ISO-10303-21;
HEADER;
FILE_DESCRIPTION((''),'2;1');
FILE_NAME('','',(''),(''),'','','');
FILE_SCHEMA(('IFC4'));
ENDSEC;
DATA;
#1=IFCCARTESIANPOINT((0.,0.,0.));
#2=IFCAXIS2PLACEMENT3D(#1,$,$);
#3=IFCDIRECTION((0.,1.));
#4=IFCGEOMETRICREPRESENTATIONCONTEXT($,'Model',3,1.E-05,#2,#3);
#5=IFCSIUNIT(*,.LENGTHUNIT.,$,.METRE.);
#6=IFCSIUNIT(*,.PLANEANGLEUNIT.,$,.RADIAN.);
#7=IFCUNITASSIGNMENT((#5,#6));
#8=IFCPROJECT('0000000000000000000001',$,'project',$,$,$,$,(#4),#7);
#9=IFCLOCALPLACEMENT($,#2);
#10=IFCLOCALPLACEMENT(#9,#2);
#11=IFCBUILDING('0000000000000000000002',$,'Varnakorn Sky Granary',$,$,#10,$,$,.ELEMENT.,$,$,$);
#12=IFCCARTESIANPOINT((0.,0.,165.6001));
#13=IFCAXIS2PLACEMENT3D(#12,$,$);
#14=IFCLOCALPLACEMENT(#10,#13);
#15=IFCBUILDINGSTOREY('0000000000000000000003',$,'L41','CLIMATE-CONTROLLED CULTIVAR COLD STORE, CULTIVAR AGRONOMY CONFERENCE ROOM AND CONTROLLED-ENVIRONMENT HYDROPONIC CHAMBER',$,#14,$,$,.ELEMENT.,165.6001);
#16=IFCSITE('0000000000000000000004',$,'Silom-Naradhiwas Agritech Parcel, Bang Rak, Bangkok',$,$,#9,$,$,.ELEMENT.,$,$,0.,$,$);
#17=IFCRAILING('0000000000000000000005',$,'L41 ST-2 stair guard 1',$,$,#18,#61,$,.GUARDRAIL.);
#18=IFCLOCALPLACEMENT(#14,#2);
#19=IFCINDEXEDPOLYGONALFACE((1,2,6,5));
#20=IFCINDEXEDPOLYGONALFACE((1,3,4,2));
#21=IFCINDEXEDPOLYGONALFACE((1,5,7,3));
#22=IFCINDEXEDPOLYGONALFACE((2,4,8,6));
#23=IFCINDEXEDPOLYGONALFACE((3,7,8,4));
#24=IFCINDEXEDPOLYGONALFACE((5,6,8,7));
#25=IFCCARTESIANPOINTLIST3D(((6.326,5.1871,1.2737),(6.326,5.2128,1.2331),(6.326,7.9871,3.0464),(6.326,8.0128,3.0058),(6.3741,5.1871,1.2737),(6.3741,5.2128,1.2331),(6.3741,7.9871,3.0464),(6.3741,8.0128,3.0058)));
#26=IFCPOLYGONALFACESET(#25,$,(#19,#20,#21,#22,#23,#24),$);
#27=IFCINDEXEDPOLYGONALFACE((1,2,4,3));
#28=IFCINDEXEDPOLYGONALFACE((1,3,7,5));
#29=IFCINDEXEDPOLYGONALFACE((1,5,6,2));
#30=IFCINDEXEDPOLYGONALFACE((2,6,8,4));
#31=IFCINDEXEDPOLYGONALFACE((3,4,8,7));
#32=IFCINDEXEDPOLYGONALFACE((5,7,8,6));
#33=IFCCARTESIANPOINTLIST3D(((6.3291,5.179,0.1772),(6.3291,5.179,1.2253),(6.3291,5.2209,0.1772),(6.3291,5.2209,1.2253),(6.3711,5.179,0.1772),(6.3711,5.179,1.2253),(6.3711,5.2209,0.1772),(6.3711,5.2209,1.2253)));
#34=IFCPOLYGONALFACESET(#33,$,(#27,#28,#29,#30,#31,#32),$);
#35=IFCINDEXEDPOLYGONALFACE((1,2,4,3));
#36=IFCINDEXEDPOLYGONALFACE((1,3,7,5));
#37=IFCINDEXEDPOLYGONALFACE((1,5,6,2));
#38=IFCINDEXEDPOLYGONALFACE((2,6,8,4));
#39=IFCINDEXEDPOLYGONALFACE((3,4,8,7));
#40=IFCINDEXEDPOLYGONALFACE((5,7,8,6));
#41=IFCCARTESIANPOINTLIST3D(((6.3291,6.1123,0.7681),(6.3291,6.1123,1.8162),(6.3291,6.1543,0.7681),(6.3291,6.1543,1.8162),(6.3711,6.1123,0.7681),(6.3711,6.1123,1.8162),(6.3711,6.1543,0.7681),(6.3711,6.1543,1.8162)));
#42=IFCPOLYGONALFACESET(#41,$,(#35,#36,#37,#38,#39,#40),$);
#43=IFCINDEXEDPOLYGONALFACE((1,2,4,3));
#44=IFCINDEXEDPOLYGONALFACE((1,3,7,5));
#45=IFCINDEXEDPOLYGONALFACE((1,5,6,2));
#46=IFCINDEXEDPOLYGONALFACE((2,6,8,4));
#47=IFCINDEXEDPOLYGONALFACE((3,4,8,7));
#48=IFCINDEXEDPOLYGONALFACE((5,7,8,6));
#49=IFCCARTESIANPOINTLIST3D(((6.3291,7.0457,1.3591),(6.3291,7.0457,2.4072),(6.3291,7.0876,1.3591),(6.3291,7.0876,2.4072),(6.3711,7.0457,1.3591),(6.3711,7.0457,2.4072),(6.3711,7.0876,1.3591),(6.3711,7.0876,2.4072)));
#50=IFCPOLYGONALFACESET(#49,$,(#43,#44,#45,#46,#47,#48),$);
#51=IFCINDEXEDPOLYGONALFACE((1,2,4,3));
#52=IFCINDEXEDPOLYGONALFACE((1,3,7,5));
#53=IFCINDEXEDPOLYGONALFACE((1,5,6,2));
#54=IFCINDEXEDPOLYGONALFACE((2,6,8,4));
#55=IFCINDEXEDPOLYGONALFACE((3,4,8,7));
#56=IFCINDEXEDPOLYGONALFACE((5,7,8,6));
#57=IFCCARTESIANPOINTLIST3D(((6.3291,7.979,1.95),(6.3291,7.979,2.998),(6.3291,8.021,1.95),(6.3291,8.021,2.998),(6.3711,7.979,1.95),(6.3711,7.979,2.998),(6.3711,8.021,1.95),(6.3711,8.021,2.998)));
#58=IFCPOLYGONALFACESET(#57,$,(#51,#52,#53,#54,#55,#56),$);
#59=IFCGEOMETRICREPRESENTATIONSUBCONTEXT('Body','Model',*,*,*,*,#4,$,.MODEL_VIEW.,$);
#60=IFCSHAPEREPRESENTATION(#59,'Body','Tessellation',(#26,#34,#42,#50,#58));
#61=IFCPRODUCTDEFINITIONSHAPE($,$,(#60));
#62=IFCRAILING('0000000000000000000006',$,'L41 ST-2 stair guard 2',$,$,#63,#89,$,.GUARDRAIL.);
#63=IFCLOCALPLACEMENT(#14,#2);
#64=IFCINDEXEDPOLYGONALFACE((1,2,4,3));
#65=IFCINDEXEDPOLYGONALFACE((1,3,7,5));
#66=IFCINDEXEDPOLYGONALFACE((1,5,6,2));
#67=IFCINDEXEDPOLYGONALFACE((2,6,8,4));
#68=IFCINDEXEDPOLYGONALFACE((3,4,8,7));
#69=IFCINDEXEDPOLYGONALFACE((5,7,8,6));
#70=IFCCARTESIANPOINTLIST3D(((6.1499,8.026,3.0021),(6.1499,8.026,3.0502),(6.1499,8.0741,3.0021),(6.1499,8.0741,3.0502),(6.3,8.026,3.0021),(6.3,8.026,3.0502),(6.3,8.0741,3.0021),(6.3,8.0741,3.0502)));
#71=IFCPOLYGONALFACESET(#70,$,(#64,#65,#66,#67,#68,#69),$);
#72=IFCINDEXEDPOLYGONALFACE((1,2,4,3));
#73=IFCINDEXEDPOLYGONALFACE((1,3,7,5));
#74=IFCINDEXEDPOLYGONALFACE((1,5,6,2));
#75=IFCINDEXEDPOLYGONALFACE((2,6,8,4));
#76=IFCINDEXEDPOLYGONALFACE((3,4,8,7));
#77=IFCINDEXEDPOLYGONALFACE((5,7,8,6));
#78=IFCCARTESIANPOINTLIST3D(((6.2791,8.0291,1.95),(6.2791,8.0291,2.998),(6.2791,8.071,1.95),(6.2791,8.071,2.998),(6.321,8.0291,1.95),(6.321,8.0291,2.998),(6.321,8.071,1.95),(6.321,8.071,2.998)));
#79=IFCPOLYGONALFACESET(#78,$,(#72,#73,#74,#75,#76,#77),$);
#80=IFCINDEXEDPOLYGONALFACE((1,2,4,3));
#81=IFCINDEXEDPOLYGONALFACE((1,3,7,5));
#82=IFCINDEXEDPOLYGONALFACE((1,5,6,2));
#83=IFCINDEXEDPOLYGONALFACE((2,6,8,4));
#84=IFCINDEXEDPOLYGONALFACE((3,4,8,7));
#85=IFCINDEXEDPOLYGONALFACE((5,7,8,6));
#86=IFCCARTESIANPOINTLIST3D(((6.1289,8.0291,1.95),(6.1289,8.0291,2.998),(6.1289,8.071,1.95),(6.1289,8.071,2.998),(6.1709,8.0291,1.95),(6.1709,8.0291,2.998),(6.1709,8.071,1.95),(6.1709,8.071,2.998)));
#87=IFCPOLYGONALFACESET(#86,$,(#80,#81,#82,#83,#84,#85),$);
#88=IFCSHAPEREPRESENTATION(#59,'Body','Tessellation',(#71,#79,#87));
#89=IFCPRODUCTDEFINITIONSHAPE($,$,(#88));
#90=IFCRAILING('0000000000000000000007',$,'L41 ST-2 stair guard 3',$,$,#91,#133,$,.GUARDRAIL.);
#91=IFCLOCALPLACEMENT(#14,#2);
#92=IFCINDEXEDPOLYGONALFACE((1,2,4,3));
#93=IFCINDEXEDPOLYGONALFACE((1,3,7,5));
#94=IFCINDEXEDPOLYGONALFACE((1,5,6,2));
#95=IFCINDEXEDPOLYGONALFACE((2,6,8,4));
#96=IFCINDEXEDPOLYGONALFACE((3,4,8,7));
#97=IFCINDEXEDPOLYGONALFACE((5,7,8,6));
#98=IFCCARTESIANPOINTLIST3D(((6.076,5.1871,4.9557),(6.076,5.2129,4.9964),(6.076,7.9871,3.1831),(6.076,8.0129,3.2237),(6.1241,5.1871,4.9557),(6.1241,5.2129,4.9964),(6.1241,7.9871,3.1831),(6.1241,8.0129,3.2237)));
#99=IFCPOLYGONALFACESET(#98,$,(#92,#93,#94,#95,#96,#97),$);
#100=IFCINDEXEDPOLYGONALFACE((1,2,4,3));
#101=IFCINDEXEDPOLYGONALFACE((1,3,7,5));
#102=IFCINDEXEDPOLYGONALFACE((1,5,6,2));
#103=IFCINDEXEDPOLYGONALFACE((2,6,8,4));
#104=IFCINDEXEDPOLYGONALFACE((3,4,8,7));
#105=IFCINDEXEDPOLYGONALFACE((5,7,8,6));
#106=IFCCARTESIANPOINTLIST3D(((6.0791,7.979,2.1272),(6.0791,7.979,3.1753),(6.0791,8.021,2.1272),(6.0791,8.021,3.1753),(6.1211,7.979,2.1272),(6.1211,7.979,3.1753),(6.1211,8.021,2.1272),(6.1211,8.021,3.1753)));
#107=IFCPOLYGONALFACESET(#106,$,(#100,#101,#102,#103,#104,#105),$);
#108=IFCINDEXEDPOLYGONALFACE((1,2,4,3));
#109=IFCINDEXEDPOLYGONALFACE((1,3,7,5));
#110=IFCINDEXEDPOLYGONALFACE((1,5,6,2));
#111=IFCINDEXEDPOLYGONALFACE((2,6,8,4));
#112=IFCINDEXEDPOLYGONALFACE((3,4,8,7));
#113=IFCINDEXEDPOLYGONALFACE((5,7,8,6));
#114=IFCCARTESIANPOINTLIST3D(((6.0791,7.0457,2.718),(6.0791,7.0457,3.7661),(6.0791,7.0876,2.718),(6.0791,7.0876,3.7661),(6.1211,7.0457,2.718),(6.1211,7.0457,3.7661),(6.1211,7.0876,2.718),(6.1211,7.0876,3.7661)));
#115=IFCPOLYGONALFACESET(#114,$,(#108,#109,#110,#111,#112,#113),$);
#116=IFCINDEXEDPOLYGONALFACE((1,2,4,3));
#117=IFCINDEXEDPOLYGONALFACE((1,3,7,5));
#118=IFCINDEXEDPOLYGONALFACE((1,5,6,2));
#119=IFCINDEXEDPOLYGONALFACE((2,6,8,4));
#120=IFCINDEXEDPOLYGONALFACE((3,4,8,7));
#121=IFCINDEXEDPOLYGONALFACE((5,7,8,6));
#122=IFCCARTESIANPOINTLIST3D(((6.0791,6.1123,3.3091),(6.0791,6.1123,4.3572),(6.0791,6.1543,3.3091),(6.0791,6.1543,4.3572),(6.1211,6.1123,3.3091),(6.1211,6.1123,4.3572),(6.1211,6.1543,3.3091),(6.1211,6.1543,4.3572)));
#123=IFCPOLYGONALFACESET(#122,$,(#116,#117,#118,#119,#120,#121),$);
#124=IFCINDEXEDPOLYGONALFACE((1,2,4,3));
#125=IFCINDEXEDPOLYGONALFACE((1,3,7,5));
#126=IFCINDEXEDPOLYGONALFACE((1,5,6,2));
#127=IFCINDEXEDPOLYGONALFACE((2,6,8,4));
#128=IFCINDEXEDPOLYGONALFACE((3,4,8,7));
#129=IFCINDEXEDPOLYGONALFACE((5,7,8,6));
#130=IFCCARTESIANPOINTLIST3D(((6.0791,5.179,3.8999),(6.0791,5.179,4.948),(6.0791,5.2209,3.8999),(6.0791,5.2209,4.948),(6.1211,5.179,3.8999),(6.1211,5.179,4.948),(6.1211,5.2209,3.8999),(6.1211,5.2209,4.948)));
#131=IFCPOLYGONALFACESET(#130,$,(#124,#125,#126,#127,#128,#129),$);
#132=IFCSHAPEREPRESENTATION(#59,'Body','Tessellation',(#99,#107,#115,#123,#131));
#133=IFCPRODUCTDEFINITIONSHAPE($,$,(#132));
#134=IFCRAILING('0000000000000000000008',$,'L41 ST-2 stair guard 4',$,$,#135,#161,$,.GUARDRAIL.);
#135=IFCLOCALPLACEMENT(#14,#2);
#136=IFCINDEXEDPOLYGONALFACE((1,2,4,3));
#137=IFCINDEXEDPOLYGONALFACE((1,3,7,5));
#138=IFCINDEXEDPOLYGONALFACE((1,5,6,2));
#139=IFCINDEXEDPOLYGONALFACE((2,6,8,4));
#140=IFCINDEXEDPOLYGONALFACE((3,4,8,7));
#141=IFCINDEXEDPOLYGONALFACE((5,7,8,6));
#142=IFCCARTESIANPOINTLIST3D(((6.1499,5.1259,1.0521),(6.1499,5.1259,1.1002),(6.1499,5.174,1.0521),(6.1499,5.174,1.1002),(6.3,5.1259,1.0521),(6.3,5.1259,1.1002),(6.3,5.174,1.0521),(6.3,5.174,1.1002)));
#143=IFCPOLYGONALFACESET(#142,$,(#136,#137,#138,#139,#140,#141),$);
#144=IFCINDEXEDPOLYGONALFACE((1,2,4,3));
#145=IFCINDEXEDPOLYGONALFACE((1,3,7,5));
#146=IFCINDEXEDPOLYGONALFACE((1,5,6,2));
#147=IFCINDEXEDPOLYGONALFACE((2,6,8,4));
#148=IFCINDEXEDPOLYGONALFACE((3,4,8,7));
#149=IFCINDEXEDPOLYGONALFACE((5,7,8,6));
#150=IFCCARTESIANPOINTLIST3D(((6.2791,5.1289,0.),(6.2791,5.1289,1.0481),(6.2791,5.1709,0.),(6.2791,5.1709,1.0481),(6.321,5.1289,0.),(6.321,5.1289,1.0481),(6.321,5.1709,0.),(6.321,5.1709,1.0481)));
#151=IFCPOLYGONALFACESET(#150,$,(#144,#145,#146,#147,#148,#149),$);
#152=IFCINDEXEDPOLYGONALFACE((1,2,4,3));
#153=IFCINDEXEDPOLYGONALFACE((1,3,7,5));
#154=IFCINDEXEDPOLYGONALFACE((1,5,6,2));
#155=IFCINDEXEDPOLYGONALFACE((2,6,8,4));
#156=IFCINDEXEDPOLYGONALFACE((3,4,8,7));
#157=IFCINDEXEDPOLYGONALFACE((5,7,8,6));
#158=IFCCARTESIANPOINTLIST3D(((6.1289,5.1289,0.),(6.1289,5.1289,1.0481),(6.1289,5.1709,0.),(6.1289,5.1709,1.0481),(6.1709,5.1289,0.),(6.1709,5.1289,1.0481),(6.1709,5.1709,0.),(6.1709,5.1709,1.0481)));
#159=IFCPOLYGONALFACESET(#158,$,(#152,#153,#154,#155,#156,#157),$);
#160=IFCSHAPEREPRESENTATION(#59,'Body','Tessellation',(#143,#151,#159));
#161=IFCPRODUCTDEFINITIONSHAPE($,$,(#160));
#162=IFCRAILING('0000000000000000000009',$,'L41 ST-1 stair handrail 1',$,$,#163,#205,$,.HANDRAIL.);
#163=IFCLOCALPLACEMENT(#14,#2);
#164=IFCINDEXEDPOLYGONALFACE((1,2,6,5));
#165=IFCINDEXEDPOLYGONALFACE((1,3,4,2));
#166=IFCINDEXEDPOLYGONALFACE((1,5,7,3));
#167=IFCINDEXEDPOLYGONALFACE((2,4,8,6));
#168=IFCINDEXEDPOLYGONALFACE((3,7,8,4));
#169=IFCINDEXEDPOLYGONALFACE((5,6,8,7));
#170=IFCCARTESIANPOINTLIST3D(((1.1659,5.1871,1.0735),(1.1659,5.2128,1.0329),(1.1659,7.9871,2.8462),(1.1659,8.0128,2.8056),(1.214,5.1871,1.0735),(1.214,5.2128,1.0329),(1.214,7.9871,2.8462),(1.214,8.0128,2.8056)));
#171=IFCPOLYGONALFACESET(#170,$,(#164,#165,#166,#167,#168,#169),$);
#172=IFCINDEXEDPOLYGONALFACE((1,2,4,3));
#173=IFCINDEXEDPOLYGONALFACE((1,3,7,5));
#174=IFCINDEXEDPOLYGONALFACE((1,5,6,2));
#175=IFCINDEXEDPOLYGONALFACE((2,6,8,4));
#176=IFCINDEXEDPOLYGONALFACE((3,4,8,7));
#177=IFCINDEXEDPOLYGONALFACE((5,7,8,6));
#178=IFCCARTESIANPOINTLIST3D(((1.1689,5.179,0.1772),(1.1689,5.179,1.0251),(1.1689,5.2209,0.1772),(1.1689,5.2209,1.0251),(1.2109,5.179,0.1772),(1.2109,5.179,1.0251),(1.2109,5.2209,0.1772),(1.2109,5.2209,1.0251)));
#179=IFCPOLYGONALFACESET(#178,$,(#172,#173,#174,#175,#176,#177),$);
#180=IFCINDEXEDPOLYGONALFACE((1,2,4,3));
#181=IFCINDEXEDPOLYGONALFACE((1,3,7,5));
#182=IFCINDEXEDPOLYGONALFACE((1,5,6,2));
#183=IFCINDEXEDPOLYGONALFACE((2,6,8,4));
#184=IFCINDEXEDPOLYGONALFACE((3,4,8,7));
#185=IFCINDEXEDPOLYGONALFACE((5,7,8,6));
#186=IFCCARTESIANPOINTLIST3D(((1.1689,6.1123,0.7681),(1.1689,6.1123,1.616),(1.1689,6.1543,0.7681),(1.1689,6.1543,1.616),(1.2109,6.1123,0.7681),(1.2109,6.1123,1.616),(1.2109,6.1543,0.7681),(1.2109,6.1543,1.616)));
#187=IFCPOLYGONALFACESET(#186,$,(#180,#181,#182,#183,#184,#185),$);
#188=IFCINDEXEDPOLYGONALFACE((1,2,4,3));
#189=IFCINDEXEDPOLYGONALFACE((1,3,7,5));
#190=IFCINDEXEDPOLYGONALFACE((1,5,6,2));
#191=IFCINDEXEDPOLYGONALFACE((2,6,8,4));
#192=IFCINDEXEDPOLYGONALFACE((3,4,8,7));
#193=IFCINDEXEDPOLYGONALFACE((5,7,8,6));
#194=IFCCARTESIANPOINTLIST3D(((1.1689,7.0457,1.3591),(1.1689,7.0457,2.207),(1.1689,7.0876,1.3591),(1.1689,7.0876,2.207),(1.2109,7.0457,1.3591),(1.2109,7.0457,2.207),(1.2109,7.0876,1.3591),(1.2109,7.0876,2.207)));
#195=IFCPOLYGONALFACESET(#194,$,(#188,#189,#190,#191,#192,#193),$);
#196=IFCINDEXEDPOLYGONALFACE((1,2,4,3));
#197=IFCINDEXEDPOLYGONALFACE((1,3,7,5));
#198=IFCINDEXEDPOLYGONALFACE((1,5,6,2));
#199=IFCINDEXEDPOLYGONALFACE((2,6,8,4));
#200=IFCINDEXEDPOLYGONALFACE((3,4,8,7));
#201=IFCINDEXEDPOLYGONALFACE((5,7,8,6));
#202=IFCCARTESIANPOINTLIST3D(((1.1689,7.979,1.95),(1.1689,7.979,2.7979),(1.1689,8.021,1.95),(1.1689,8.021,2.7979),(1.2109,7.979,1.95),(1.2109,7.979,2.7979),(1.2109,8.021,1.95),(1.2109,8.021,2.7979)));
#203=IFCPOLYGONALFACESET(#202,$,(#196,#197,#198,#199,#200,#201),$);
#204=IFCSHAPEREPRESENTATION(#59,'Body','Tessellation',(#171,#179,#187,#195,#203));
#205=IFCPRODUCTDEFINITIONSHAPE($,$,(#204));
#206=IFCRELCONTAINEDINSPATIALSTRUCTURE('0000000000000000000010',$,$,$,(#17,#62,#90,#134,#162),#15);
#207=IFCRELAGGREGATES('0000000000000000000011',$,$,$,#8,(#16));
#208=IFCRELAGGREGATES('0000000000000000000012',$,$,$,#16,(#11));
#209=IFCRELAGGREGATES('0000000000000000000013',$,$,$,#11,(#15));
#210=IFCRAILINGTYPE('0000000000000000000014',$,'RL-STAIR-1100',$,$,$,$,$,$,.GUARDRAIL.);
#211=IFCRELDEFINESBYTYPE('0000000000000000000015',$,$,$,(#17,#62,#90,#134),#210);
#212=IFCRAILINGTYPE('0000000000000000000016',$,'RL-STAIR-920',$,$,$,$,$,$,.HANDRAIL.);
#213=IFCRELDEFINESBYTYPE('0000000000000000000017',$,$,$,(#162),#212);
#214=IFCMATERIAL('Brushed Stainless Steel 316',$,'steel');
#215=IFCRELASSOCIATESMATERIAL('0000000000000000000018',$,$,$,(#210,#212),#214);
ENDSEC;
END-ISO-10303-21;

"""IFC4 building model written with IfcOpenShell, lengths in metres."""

from ifc_helpers import new_model, si_unit, direction, frame, origin, origin_2d, place, context, subcontext, project, spatial, rectangle, extrude, material, type_object, element, save


model = new_model("IFC4")

# Units and contexts
model_context = context("Model", 3, precision=1e-05, world=origin(), true_north=direction((0.0, 1.0)))
body_context = subcontext(model_context, "Body", "Model", "MODEL_VIEW")
ifc_project = project(units=[si_unit("LENGTHUNIT", "METRE"), si_unit("PLANEANGLEUNIT", "RADIAN")], contexts=[model_context])

# Site, building, storey
site_placement = place(None, origin())
site = spatial("IfcSite", under=ifc_project, at=site_placement, Name="Silom-Naradhiwas Agritech Parcel, Bang Rak, Bangkok", CompositionType="ELEMENT", RefElevation=0.0)
building_placement = place(site_placement, origin())
building = spatial("IfcBuilding", under=site, at=building_placement, Name="Varnakorn Sky Granary", CompositionType="ELEMENT")
storey_placement = place(building_placement, frame((0.0, 0.0, 165.6001)))
storey = spatial("IfcBuildingStorey", under=building, at=storey_placement, Name="L41", Description="CLIMATE-CONTROLLED CULTIVAR COLD STORE, CULTIVAR AGRONOMY CONFERENCE ROOM AND CONTROLLED-ENVIRONMENT HYDROPONIC CHAMBER", CompositionType="ELEMENT", Elevation=165.6001)

# Railings
ifc_material_1 = material(Name="Brushed Stainless Steel 316", Category="steel")
railing_type_1 = type_object("IfcRailingType", Name="RL-STAIR-1100", PredefinedType="GUARDRAIL", material=ifc_material_1)
railing_1_placement = place(storey_placement, frame((6.3501, 5.2, 0.1772)))
element("IfcRailing", 1, at=railing_1_placement, inside=storey, type_object=railing_type_1, Name="L41 ST-2 stair guard 1", PredefinedType="GUARDRAIL", context=body_context, shape_type="SweptSolid", body=[
    extrude(rectangle(XDim=0.0481, YDim=0.0481, at=origin_2d()), frame((0.0, 0.0, 1.0762), z_axis=(0.0, 0.844909, 0.53491), x_axis=(-1.0, 0.0, 0.0)), (0.0, 0.0, 1.0), 3.314),
    extrude(rectangle(XDim=0.042, YDim=0.042, at=origin_2d()), origin(), (0.0, 0.0, 1.0), 1.0481),
    extrude(rectangle(XDim=0.042, YDim=0.042, at=origin_2d()), frame((0.0, 0.9333, 0.5908)), (0.0, 0.0, 1.0), 1.0481),
    extrude(rectangle(XDim=0.042, YDim=0.042, at=origin_2d()), frame((0.0, 1.8667, 1.1819)), (0.0, 0.0, 1.0), 1.0481),
    extrude(rectangle(XDim=0.042, YDim=0.042, at=origin_2d()), frame((0.0, 2.8, 1.7727)), (0.0, 0.0, 1.0), 1.0481),
])
railing_2_placement = place(storey_placement, frame((6.3, 8.05, 1.95)))
element("IfcRailing", 2, at=railing_2_placement, inside=storey, type_object=railing_type_1, Name="L41 ST-2 stair guard 2", PredefinedType="GUARDRAIL", context=body_context, shape_type="SweptSolid", body=[
    extrude(rectangle(XDim=0.0481, YDim=0.0481, at=origin_2d()), frame((0.0, 0.0, 1.0762), z_axis=(-1.0, 0.0, 0.0), x_axis=(0.0, -1.0, 0.0)), (0.0, 0.0, 1.0), 0.1501),
    extrude(rectangle(XDim=0.042, YDim=0.042, at=origin_2d()), origin(), (0.0, 0.0, 1.0), 1.0481),
    extrude(rectangle(XDim=0.042, YDim=0.042, at=origin_2d()), frame((-0.1501, 0.0, 0.0)), (0.0, 0.0, 1.0), 1.0481),
])
railing_3_placement = place(storey_placement, frame((6.1001, 8.0, 2.1272)))
element("IfcRailing", 3, at=railing_3_placement, inside=storey, type_object=railing_type_1, Name="L41 ST-2 stair guard 3", PredefinedType="GUARDRAIL", context=body_context, shape_type="SweptSolid", body=[
    extrude(rectangle(XDim=0.0481, YDim=0.0481, at=origin_2d()), frame((0.0, 0.0, 1.0762), z_axis=(0.0, -0.844909, 0.53491), x_axis=(1.0, 0.0, 0.0)), (0.0, 0.0, 1.0), 3.314),
    extrude(rectangle(XDim=0.042, YDim=0.042, at=origin_2d()), origin(), (0.0, 0.0, 1.0), 1.0481),
    extrude(rectangle(XDim=0.042, YDim=0.042, at=origin_2d()), frame((0.0, -0.9333, 0.5908)), (0.0, 0.0, 1.0), 1.0481),
    extrude(rectangle(XDim=0.042, YDim=0.042, at=origin_2d()), frame((0.0, -1.8667, 1.1819)), (0.0, 0.0, 1.0), 1.0481),
    extrude(rectangle(XDim=0.042, YDim=0.042, at=origin_2d()), frame((0.0, -2.8, 1.7727)), (0.0, 0.0, 1.0), 1.0481),
])
railing_4_placement = place(storey_placement, frame((6.3, 5.1499, 0.0)))
element("IfcRailing", 4, at=railing_4_placement, inside=storey, type_object=railing_type_1, Name="L41 ST-2 stair guard 4", PredefinedType="GUARDRAIL", context=body_context, shape_type="SweptSolid", body=[
    extrude(rectangle(XDim=0.0481, YDim=0.0481, at=origin_2d()), frame((0.0, 0.0, 1.0762), z_axis=(-1.0, 0.0, 0.0), x_axis=(0.0, -1.0, 0.0)), (0.0, 0.0, 1.0), 0.1501),
    extrude(rectangle(XDim=0.042, YDim=0.042, at=origin_2d()), origin(), (0.0, 0.0, 1.0), 1.0481),
    extrude(rectangle(XDim=0.042, YDim=0.042, at=origin_2d()), frame((-0.1501, 0.0, 0.0)), (0.0, 0.0, 1.0), 1.0481),
])
railing_type_2 = type_object("IfcRailingType", Name="RL-STAIR-920", PredefinedType="HANDRAIL", material=ifc_material_1)
for number, where, name in (
    (5, (1.1899, 5.2, 0.1772), "L41 ST-1 stair handrail 1"),
):
    element("IfcRailing", number, at=place(storey_placement, frame(where)), inside=storey, type_object=railing_type_2, Name=name, PredefinedType="HANDRAIL", context=body_context, shape_type="SweptSolid", body=[
        extrude(rectangle(XDim=0.0481, YDim=0.0481, at=origin_2d()), frame((0.0, 0.0, 0.876), z_axis=(0.0, 0.844909, 0.53491), x_axis=(-1.0, 0.0, 0.0)), (0.0, 0.0, 1.0), 3.314),
        extrude(rectangle(XDim=0.042, YDim=0.042, at=origin_2d()), origin(), (0.0, 0.0, 1.0), 0.8479),
        extrude(rectangle(XDim=0.042, YDim=0.042, at=origin_2d()), frame((0.0, 0.9333, 0.5908)), (0.0, 0.0, 1.0), 0.8479),
        extrude(rectangle(XDim=0.042, YDim=0.042, at=origin_2d()), frame((0.0, 1.8667, 1.1819)), (0.0, 0.0, 1.0), 0.8479),
        extrude(rectangle(XDim=0.042, YDim=0.042, at=origin_2d()), frame((0.0, 2.8, 1.7727)), (0.0, 0.0, 1.0), 0.8479),
    ])

save(model, "model.ifc")
